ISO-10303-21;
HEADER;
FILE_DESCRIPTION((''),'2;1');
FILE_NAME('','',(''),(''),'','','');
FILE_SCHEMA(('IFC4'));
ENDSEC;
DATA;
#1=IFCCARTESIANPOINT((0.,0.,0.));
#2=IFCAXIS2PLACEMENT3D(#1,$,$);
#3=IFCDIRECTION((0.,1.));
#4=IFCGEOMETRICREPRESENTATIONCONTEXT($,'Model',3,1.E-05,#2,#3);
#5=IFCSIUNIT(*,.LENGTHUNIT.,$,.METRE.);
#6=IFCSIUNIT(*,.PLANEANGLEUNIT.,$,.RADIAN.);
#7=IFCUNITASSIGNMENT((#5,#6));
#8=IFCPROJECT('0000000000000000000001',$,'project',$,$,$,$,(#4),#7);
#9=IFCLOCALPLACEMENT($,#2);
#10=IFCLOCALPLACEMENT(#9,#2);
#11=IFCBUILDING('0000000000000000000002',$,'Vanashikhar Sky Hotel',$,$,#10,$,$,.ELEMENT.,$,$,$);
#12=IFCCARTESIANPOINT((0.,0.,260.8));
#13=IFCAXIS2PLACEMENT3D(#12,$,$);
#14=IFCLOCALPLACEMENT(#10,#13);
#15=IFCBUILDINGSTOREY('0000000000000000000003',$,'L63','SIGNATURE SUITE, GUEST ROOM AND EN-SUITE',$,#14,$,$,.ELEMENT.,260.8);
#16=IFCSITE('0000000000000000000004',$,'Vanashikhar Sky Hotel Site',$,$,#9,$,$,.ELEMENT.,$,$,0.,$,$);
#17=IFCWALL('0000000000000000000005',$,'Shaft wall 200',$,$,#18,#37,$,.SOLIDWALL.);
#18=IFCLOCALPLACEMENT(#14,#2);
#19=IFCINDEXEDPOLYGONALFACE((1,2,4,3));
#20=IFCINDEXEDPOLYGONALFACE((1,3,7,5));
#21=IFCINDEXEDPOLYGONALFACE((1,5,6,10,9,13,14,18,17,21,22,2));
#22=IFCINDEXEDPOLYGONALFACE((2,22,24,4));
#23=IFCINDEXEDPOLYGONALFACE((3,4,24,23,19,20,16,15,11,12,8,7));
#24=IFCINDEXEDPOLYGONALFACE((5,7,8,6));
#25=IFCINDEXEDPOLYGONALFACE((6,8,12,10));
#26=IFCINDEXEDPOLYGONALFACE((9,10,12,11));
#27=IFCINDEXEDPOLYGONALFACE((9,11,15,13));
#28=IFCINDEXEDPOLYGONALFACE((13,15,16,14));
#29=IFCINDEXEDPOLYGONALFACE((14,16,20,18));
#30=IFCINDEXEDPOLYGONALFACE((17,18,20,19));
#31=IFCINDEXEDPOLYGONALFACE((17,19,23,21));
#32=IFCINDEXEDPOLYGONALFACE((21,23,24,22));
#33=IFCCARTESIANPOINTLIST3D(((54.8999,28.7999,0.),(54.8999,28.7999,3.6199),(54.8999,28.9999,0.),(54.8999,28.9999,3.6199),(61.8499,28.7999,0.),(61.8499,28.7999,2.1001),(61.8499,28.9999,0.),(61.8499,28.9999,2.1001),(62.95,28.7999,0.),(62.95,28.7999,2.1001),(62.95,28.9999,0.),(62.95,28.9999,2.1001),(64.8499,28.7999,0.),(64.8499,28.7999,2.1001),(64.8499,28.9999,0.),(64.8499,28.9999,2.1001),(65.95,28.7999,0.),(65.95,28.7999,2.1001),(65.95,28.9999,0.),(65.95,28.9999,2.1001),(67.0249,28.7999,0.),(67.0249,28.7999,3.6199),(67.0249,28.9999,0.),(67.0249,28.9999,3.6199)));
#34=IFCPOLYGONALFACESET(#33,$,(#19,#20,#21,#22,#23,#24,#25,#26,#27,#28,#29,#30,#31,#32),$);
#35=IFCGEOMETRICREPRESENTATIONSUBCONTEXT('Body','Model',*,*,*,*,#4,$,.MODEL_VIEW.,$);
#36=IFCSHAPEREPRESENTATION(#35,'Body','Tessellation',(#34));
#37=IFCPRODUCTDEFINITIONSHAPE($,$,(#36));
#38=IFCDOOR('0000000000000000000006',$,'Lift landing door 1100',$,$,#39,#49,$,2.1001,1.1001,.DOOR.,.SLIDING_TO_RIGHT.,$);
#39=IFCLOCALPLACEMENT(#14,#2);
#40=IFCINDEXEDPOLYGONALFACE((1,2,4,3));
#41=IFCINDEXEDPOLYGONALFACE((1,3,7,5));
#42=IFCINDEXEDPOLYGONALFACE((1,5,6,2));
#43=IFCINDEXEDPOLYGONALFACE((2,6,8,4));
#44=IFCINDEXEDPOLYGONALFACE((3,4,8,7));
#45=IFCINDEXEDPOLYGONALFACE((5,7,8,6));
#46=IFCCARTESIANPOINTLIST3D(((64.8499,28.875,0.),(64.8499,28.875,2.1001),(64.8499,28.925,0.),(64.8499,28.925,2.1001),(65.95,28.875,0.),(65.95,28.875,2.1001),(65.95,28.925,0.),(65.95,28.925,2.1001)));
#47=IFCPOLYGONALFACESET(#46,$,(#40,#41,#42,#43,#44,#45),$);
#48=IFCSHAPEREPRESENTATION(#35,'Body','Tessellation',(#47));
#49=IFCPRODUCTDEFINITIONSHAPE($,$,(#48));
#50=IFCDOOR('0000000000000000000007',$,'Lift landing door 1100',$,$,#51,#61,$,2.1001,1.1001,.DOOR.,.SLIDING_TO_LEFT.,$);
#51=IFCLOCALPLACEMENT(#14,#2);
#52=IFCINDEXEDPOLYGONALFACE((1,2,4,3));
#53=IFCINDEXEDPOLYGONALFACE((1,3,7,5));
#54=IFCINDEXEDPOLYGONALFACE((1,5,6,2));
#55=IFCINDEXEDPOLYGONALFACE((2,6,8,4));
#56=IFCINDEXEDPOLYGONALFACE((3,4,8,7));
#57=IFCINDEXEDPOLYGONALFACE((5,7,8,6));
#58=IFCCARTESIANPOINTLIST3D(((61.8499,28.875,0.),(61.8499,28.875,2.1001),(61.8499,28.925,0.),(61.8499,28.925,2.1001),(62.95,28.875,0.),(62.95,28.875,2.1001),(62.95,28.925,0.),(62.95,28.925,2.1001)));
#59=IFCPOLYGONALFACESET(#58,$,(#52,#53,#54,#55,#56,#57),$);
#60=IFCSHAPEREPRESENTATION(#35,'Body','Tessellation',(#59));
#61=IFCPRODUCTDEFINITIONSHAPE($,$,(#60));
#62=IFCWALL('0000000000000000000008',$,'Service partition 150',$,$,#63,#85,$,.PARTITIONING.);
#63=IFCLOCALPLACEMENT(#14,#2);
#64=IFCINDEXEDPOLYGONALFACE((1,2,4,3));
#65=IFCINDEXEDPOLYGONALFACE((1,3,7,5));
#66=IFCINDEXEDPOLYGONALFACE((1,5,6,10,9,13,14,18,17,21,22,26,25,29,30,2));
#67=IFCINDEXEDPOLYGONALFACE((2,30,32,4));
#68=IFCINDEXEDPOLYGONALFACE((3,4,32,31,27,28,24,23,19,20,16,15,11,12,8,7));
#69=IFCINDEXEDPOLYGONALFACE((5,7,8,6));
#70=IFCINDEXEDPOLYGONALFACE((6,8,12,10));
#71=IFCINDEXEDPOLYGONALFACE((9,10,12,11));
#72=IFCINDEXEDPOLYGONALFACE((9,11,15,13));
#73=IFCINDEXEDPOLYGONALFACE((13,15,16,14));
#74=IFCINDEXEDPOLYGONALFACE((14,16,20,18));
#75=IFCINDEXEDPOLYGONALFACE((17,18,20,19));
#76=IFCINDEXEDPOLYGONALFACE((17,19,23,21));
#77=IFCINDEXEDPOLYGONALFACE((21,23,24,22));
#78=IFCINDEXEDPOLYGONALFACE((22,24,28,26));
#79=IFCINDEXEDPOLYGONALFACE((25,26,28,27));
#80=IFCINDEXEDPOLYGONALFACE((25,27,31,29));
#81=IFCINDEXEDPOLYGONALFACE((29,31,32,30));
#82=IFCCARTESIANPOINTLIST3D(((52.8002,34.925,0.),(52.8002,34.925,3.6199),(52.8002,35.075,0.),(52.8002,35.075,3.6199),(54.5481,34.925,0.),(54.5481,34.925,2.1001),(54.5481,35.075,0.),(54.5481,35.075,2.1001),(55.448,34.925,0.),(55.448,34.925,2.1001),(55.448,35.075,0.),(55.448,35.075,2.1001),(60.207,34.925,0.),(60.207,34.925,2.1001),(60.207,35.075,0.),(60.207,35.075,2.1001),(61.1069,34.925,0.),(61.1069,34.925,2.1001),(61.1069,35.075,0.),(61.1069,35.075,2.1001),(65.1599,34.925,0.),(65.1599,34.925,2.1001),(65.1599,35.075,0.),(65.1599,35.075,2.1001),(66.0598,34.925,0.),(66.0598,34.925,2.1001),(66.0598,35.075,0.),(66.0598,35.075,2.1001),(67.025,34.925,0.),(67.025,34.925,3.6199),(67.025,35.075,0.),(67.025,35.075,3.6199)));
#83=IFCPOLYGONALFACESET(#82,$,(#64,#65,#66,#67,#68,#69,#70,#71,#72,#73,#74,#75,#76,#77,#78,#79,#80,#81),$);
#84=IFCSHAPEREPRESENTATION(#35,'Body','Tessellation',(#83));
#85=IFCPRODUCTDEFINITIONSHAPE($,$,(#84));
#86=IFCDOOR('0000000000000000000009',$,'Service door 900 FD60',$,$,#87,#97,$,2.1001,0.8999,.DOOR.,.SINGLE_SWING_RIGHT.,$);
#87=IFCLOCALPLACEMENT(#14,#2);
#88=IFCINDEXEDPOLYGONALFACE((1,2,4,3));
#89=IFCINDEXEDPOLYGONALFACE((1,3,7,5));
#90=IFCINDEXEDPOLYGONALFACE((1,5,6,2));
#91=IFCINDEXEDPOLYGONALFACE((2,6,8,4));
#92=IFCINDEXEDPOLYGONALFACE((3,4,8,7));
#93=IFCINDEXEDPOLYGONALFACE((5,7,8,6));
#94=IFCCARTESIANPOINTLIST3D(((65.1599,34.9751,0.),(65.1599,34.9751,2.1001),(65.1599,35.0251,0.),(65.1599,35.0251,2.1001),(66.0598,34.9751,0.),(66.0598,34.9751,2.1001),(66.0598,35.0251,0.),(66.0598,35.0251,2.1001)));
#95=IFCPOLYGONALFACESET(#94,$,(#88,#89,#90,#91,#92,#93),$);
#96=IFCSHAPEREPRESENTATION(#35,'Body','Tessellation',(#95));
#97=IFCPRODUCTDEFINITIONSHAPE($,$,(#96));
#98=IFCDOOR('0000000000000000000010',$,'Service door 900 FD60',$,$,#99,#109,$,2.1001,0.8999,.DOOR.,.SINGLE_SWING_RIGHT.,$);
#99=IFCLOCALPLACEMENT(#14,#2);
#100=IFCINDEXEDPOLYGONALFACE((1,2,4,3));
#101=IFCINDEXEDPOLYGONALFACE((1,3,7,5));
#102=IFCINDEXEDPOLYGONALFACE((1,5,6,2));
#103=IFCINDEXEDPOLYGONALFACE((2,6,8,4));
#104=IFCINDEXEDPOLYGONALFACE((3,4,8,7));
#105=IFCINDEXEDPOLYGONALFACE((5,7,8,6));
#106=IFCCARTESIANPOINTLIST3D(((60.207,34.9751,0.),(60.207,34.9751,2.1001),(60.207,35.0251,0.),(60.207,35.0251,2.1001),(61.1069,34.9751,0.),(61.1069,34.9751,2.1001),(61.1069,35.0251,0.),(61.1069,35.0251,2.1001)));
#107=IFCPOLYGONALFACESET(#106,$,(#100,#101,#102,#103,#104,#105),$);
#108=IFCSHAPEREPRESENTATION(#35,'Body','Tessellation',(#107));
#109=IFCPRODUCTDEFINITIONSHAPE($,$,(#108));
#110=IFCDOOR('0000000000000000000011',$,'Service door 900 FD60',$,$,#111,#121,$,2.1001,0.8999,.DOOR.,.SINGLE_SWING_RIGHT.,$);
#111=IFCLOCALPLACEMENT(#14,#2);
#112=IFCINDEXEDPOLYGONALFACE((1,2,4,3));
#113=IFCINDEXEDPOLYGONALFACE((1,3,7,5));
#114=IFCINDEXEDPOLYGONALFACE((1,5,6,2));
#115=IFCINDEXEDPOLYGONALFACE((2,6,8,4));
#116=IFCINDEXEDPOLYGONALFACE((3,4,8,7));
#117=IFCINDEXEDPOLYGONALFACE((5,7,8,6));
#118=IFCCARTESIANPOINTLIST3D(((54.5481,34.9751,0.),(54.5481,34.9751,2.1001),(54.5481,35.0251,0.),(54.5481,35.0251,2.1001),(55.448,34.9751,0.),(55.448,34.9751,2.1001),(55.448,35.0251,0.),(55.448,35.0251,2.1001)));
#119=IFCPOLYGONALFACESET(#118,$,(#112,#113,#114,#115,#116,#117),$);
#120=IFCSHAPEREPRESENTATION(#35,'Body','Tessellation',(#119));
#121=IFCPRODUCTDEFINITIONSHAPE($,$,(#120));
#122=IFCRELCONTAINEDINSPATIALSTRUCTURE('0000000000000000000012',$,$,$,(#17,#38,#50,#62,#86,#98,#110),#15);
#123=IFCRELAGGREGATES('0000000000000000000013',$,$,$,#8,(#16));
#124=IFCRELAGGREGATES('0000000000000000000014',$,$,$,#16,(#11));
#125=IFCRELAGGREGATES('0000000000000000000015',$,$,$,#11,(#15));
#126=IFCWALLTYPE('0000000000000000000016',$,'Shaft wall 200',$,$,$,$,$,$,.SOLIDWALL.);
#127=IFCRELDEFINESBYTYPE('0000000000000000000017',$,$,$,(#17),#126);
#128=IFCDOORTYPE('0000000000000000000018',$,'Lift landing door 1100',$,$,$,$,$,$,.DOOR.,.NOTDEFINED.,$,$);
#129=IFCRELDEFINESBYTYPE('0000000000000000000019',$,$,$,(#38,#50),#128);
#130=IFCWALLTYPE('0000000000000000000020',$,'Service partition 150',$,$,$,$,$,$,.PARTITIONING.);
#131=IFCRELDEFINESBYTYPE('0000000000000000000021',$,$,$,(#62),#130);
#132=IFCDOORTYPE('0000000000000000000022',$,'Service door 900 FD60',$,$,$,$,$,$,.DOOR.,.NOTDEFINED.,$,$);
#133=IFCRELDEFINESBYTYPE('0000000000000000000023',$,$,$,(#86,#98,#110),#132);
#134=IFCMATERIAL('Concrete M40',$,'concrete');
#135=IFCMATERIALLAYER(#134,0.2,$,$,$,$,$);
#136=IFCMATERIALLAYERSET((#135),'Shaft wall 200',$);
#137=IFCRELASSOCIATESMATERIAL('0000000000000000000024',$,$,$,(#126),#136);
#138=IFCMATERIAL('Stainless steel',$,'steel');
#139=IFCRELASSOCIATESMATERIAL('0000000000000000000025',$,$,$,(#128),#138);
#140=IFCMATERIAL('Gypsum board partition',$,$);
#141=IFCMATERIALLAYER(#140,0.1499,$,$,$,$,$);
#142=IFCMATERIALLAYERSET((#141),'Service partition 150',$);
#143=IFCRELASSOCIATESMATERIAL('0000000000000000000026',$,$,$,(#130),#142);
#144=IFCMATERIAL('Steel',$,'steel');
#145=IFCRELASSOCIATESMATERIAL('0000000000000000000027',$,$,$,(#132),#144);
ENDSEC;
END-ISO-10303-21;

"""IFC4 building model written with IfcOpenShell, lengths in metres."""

from ifc_helpers import new_model, si_unit, direction, frame, frame_2d, origin, place, context, subcontext, project, spatial, rectangle, extrude, source, transform, mapped, material, layer, layer_set, type_object, element, fill, save


model = new_model("IFC4")

# Units and contexts
model_context = context("Model", 3, precision=1e-05, world=origin(), true_north=direction((0.0, 1.0)))
body_context = subcontext(model_context, "Body", "Model", "MODEL_VIEW")
ifc_project = project(units=[si_unit("LENGTHUNIT", "METRE"), si_unit("PLANEANGLEUNIT", "RADIAN")], contexts=[model_context])

# Site, building, storey
site_placement = place(None, origin())
site = spatial("IfcSite", under=ifc_project, at=site_placement, Name="Vanashikhar Sky Hotel Site", CompositionType="ELEMENT", RefElevation=0.0)
building_placement = place(site_placement, origin())
building = spatial("IfcBuilding", under=site, at=building_placement, Name="Vanashikhar Sky Hotel", CompositionType="ELEMENT")
storey_placement = place(building_placement, frame((0.0, 0.0, 260.8)))
storey = spatial("IfcBuildingStorey", under=building, at=storey_placement, Name="L63", Description="SIGNATURE SUITE, GUEST ROOM AND EN-SUITE", CompositionType="ELEMENT", Elevation=260.8)

# Shared definitions
ifc_material_1 = material(Name="Steel", Category="steel")
shared_shape_1 = source(origin(), body_context, "Body", "SweptSolid", [
    extrude(rectangle(XDim=1.1001, YDim=2.1001, at=frame_2d((0.55, 1.05))), frame((0.0, 0.0249, 0.0), z_axis=(0.0, -1.0, 0.0), x_axis=(1.0, 0.0, 0.0)), (0.0, 0.0, 1.0), 0.05),
])

# Shared definitions
ifc_material_2 = material(Name="Concrete M40", Category="concrete")
ifc_layer_1 = layer(ifc_material_2, 0.2)
ifc_layer_set_1 = layer_set([ifc_layer_1], Name="Shaft wall 200")
wall_type_1 = type_object("IfcWallType", Name="Shaft wall 200", PredefinedType="SOLIDWALL", material=ifc_layer_set_1)
shared_shape_2 = source(origin(), body_context, "Body", "SweptSolid", [
    extrude(rectangle(XDim=1.1001, YDim=2.1001, at=frame_2d((0.55, 1.05))), frame((0.0, 0.1099, 0.0), z_axis=(0.0, -1.0, 0.0), x_axis=(1.0, 0.0, 0.0)), (0.0, 0.0, 1.0), 0.22),
])
ifc_material_3 = material(Name="Stainless steel", Category="steel")
door_type_1 = type_object("IfcDoorType", Name="Lift landing door 1100", OperationType="NOTDEFINED", PredefinedType="DOOR", material=ifc_material_3)

# Shared definitions
ifc_material_4 = material(Name="Gypsum board partition")
ifc_layer_2 = layer(ifc_material_4, 0.1499)
ifc_layer_set_2 = layer_set([ifc_layer_2], Name="Service partition 150")
wall_type_2 = type_object("IfcWallType", Name="Service partition 150", PredefinedType="PARTITIONING", material=ifc_layer_set_2)

# Walls, openings, doors
shared_shape_3 = source(origin(), body_context, "Body", "SweptSolid", [
    extrude(rectangle(XDim=12.125, YDim=0.2, at=frame_2d((6.0625, 0.0))), origin(), (0.0, 0.0, 1.0), 3.6199),
])
wall_1_placement = place(storey_placement, frame((67.0249, 28.8999, 0.0), z_axis=(0.0, 0.0, 1.0), x_axis=(-1.0, 0.0, 0.0)))
wall_1 = element("IfcWall", 1, at=wall_1_placement, inside=storey, type_object=wall_type_1, Name="Shaft wall 200", PredefinedType="SOLIDWALL", context=body_context, shape_type="MappedRepresentation", body=[
    mapped(shared_shape_3, transform((0.0, 0.0, 0.0), scale=1.0)),
])
opening_1_placement = place(wall_1_placement, frame((1.075, 0.0, 0.0)))
opening_1 = element("IfcOpeningElement", 2, at=opening_1_placement, cuts=wall_1, PredefinedType="OPENING", context=body_context, shape_type="MappedRepresentation", body=[
    mapped(shared_shape_2, transform((0.0, 0.0, 0.0), scale=1.0)),
])
opening_2_placement = place(wall_1_placement, frame((4.075, 0.0, 0.0)))
opening_2 = element("IfcOpeningElement", 3, at=opening_2_placement, cuts=wall_1, PredefinedType="OPENING", context=body_context, shape_type="MappedRepresentation", body=[
    mapped(shared_shape_2, transform((0.0, 0.0, 0.0), scale=1.0)),
])
door_1_placement = place(opening_1_placement, origin())
door_1 = element("IfcDoor", 4, at=door_1_placement, inside=storey, type_object=door_type_1, Name="Lift landing door 1100", OperationType="SLIDING_TO_RIGHT", OverallHeight=2.1001, OverallWidth=1.1001, PredefinedType="DOOR", context=body_context, shape_type="MappedRepresentation", body=[
    mapped(shared_shape_1, transform((0.0, 0.0, 0.0), scale=1.0)),
])
fill(opening_1, door_1)
door_2_placement = place(opening_2_placement, origin())
door_2 = element("IfcDoor", 5, at=door_2_placement, inside=storey, type_object=door_type_1, Name="Lift landing door 1100", OperationType="SLIDING_TO_LEFT", OverallHeight=2.1001, OverallWidth=1.1001, PredefinedType="DOOR", context=body_context, shape_type="MappedRepresentation", body=[
    mapped(shared_shape_1, transform((0.0, 0.0, 0.0), scale=1.0)),
])
fill(opening_2, door_2)
shared_shape_4 = source(origin(), body_context, "Body", "SweptSolid", [
    extrude(rectangle(XDim=14.2249, YDim=0.1499, at=frame_2d((7.1123, 0.0))), origin(), (0.0, 0.0, 1.0), 3.6199),
])
wall_2_placement = place(storey_placement, frame((67.0249, 35.0, 0.0), z_axis=(0.0, 0.0, 1.0), x_axis=(-1.0, 0.0, 0.0)))
wall_2 = element("IfcWall", 6, at=wall_2_placement, inside=storey, type_object=wall_type_2, Name="Service partition 150", PredefinedType="PARTITIONING", context=body_context, shape_type="MappedRepresentation", body=[
    mapped(shared_shape_4, transform((0.0, 0.0, 0.0), scale=1.0)),
])
shared_shape_5 = source(origin(), body_context, "Body", "SweptSolid", [
    extrude(rectangle(XDim=0.8999, YDim=2.1001, at=frame_2d((0.45, 1.05))), frame((0.0, 0.085, 0.0), z_axis=(0.0, -1.0, 0.0), x_axis=(1.0, 0.0, 0.0)), (0.0, 0.0, 1.0), 0.1699),
])
opening_3_placement = place(wall_2_placement, frame((0.9651, 0.0, 0.0)))
opening_3 = element("IfcOpeningElement", 7, at=opening_3_placement, cuts=wall_2, PredefinedType="OPENING", context=body_context, shape_type="MappedRepresentation", body=[
    mapped(shared_shape_5, transform((0.0, 0.0, 0.0), scale=1.0)),
])
opening_4_placement = place(wall_2_placement, frame((5.918, 0.0, 0.0)))
opening_4 = element("IfcOpeningElement", 8, at=opening_4_placement, cuts=wall_2, PredefinedType="OPENING", context=body_context, shape_type="MappedRepresentation", body=[
    mapped(shared_shape_5, transform((0.0, 0.0, 0.0), scale=1.0)),
])
opening_5_placement = place(wall_2_placement, frame((11.5769, 0.0, 0.0)))
opening_5 = element("IfcOpeningElement", 9, at=opening_5_placement, cuts=wall_2, PredefinedType="OPENING", context=body_context, shape_type="MappedRepresentation", body=[
    mapped(shared_shape_5, transform((0.0, 0.0, 0.0), scale=1.0)),
])
door_type_2 = type_object("IfcDoorType", Name="Service door 900 FD60", OperationType="NOTDEFINED", PredefinedType="DOOR", material=ifc_material_1)
shared_shape_6 = source(origin(), body_context, "Body", "SweptSolid", [
    extrude(rectangle(XDim=0.8999, YDim=2.1001, at=frame_2d((0.45, 1.05))), frame((0.0, 0.0249, 0.0), z_axis=(0.0, -1.0, 0.0), x_axis=(1.0, 0.0, 0.0)), (0.0, 0.0, 1.0), 0.05),
])
door_3_placement = place(opening_3_placement, origin())
door_3 = element("IfcDoor", 10, at=door_3_placement, inside=storey, type_object=door_type_2, Name="Service door 900 FD60", OperationType="SINGLE_SWING_RIGHT", OverallHeight=2.1001, OverallWidth=0.8999, PredefinedType="DOOR", context=body_context, shape_type="MappedRepresentation", body=[
    mapped(shared_shape_6, transform((0.0, 0.0, 0.0), scale=1.0)),
])
fill(opening_3, door_3)
door_4_placement = place(opening_4_placement, origin())
door_4 = element("IfcDoor", 11, at=door_4_placement, inside=storey, type_object=door_type_2, Name="Service door 900 FD60", OperationType="SINGLE_SWING_RIGHT", OverallHeight=2.1001, OverallWidth=0.8999, PredefinedType="DOOR", context=body_context, shape_type="MappedRepresentation", body=[
    mapped(shared_shape_6, transform((0.0, 0.0, 0.0), scale=1.0)),
])
fill(opening_4, door_4)
door_5_placement = place(opening_5_placement, origin())
door_5 = element("IfcDoor", 12, at=door_5_placement, inside=storey, type_object=door_type_2, Name="Service door 900 FD60", OperationType="SINGLE_SWING_RIGHT", OverallHeight=2.1001, OverallWidth=0.8999, PredefinedType="DOOR", context=body_context, shape_type="MappedRepresentation", body=[
    mapped(shared_shape_6, transform((0.0, 0.0, 0.0), scale=1.0)),
])
fill(opening_5, door_5)

save(model, "model.ifc")
